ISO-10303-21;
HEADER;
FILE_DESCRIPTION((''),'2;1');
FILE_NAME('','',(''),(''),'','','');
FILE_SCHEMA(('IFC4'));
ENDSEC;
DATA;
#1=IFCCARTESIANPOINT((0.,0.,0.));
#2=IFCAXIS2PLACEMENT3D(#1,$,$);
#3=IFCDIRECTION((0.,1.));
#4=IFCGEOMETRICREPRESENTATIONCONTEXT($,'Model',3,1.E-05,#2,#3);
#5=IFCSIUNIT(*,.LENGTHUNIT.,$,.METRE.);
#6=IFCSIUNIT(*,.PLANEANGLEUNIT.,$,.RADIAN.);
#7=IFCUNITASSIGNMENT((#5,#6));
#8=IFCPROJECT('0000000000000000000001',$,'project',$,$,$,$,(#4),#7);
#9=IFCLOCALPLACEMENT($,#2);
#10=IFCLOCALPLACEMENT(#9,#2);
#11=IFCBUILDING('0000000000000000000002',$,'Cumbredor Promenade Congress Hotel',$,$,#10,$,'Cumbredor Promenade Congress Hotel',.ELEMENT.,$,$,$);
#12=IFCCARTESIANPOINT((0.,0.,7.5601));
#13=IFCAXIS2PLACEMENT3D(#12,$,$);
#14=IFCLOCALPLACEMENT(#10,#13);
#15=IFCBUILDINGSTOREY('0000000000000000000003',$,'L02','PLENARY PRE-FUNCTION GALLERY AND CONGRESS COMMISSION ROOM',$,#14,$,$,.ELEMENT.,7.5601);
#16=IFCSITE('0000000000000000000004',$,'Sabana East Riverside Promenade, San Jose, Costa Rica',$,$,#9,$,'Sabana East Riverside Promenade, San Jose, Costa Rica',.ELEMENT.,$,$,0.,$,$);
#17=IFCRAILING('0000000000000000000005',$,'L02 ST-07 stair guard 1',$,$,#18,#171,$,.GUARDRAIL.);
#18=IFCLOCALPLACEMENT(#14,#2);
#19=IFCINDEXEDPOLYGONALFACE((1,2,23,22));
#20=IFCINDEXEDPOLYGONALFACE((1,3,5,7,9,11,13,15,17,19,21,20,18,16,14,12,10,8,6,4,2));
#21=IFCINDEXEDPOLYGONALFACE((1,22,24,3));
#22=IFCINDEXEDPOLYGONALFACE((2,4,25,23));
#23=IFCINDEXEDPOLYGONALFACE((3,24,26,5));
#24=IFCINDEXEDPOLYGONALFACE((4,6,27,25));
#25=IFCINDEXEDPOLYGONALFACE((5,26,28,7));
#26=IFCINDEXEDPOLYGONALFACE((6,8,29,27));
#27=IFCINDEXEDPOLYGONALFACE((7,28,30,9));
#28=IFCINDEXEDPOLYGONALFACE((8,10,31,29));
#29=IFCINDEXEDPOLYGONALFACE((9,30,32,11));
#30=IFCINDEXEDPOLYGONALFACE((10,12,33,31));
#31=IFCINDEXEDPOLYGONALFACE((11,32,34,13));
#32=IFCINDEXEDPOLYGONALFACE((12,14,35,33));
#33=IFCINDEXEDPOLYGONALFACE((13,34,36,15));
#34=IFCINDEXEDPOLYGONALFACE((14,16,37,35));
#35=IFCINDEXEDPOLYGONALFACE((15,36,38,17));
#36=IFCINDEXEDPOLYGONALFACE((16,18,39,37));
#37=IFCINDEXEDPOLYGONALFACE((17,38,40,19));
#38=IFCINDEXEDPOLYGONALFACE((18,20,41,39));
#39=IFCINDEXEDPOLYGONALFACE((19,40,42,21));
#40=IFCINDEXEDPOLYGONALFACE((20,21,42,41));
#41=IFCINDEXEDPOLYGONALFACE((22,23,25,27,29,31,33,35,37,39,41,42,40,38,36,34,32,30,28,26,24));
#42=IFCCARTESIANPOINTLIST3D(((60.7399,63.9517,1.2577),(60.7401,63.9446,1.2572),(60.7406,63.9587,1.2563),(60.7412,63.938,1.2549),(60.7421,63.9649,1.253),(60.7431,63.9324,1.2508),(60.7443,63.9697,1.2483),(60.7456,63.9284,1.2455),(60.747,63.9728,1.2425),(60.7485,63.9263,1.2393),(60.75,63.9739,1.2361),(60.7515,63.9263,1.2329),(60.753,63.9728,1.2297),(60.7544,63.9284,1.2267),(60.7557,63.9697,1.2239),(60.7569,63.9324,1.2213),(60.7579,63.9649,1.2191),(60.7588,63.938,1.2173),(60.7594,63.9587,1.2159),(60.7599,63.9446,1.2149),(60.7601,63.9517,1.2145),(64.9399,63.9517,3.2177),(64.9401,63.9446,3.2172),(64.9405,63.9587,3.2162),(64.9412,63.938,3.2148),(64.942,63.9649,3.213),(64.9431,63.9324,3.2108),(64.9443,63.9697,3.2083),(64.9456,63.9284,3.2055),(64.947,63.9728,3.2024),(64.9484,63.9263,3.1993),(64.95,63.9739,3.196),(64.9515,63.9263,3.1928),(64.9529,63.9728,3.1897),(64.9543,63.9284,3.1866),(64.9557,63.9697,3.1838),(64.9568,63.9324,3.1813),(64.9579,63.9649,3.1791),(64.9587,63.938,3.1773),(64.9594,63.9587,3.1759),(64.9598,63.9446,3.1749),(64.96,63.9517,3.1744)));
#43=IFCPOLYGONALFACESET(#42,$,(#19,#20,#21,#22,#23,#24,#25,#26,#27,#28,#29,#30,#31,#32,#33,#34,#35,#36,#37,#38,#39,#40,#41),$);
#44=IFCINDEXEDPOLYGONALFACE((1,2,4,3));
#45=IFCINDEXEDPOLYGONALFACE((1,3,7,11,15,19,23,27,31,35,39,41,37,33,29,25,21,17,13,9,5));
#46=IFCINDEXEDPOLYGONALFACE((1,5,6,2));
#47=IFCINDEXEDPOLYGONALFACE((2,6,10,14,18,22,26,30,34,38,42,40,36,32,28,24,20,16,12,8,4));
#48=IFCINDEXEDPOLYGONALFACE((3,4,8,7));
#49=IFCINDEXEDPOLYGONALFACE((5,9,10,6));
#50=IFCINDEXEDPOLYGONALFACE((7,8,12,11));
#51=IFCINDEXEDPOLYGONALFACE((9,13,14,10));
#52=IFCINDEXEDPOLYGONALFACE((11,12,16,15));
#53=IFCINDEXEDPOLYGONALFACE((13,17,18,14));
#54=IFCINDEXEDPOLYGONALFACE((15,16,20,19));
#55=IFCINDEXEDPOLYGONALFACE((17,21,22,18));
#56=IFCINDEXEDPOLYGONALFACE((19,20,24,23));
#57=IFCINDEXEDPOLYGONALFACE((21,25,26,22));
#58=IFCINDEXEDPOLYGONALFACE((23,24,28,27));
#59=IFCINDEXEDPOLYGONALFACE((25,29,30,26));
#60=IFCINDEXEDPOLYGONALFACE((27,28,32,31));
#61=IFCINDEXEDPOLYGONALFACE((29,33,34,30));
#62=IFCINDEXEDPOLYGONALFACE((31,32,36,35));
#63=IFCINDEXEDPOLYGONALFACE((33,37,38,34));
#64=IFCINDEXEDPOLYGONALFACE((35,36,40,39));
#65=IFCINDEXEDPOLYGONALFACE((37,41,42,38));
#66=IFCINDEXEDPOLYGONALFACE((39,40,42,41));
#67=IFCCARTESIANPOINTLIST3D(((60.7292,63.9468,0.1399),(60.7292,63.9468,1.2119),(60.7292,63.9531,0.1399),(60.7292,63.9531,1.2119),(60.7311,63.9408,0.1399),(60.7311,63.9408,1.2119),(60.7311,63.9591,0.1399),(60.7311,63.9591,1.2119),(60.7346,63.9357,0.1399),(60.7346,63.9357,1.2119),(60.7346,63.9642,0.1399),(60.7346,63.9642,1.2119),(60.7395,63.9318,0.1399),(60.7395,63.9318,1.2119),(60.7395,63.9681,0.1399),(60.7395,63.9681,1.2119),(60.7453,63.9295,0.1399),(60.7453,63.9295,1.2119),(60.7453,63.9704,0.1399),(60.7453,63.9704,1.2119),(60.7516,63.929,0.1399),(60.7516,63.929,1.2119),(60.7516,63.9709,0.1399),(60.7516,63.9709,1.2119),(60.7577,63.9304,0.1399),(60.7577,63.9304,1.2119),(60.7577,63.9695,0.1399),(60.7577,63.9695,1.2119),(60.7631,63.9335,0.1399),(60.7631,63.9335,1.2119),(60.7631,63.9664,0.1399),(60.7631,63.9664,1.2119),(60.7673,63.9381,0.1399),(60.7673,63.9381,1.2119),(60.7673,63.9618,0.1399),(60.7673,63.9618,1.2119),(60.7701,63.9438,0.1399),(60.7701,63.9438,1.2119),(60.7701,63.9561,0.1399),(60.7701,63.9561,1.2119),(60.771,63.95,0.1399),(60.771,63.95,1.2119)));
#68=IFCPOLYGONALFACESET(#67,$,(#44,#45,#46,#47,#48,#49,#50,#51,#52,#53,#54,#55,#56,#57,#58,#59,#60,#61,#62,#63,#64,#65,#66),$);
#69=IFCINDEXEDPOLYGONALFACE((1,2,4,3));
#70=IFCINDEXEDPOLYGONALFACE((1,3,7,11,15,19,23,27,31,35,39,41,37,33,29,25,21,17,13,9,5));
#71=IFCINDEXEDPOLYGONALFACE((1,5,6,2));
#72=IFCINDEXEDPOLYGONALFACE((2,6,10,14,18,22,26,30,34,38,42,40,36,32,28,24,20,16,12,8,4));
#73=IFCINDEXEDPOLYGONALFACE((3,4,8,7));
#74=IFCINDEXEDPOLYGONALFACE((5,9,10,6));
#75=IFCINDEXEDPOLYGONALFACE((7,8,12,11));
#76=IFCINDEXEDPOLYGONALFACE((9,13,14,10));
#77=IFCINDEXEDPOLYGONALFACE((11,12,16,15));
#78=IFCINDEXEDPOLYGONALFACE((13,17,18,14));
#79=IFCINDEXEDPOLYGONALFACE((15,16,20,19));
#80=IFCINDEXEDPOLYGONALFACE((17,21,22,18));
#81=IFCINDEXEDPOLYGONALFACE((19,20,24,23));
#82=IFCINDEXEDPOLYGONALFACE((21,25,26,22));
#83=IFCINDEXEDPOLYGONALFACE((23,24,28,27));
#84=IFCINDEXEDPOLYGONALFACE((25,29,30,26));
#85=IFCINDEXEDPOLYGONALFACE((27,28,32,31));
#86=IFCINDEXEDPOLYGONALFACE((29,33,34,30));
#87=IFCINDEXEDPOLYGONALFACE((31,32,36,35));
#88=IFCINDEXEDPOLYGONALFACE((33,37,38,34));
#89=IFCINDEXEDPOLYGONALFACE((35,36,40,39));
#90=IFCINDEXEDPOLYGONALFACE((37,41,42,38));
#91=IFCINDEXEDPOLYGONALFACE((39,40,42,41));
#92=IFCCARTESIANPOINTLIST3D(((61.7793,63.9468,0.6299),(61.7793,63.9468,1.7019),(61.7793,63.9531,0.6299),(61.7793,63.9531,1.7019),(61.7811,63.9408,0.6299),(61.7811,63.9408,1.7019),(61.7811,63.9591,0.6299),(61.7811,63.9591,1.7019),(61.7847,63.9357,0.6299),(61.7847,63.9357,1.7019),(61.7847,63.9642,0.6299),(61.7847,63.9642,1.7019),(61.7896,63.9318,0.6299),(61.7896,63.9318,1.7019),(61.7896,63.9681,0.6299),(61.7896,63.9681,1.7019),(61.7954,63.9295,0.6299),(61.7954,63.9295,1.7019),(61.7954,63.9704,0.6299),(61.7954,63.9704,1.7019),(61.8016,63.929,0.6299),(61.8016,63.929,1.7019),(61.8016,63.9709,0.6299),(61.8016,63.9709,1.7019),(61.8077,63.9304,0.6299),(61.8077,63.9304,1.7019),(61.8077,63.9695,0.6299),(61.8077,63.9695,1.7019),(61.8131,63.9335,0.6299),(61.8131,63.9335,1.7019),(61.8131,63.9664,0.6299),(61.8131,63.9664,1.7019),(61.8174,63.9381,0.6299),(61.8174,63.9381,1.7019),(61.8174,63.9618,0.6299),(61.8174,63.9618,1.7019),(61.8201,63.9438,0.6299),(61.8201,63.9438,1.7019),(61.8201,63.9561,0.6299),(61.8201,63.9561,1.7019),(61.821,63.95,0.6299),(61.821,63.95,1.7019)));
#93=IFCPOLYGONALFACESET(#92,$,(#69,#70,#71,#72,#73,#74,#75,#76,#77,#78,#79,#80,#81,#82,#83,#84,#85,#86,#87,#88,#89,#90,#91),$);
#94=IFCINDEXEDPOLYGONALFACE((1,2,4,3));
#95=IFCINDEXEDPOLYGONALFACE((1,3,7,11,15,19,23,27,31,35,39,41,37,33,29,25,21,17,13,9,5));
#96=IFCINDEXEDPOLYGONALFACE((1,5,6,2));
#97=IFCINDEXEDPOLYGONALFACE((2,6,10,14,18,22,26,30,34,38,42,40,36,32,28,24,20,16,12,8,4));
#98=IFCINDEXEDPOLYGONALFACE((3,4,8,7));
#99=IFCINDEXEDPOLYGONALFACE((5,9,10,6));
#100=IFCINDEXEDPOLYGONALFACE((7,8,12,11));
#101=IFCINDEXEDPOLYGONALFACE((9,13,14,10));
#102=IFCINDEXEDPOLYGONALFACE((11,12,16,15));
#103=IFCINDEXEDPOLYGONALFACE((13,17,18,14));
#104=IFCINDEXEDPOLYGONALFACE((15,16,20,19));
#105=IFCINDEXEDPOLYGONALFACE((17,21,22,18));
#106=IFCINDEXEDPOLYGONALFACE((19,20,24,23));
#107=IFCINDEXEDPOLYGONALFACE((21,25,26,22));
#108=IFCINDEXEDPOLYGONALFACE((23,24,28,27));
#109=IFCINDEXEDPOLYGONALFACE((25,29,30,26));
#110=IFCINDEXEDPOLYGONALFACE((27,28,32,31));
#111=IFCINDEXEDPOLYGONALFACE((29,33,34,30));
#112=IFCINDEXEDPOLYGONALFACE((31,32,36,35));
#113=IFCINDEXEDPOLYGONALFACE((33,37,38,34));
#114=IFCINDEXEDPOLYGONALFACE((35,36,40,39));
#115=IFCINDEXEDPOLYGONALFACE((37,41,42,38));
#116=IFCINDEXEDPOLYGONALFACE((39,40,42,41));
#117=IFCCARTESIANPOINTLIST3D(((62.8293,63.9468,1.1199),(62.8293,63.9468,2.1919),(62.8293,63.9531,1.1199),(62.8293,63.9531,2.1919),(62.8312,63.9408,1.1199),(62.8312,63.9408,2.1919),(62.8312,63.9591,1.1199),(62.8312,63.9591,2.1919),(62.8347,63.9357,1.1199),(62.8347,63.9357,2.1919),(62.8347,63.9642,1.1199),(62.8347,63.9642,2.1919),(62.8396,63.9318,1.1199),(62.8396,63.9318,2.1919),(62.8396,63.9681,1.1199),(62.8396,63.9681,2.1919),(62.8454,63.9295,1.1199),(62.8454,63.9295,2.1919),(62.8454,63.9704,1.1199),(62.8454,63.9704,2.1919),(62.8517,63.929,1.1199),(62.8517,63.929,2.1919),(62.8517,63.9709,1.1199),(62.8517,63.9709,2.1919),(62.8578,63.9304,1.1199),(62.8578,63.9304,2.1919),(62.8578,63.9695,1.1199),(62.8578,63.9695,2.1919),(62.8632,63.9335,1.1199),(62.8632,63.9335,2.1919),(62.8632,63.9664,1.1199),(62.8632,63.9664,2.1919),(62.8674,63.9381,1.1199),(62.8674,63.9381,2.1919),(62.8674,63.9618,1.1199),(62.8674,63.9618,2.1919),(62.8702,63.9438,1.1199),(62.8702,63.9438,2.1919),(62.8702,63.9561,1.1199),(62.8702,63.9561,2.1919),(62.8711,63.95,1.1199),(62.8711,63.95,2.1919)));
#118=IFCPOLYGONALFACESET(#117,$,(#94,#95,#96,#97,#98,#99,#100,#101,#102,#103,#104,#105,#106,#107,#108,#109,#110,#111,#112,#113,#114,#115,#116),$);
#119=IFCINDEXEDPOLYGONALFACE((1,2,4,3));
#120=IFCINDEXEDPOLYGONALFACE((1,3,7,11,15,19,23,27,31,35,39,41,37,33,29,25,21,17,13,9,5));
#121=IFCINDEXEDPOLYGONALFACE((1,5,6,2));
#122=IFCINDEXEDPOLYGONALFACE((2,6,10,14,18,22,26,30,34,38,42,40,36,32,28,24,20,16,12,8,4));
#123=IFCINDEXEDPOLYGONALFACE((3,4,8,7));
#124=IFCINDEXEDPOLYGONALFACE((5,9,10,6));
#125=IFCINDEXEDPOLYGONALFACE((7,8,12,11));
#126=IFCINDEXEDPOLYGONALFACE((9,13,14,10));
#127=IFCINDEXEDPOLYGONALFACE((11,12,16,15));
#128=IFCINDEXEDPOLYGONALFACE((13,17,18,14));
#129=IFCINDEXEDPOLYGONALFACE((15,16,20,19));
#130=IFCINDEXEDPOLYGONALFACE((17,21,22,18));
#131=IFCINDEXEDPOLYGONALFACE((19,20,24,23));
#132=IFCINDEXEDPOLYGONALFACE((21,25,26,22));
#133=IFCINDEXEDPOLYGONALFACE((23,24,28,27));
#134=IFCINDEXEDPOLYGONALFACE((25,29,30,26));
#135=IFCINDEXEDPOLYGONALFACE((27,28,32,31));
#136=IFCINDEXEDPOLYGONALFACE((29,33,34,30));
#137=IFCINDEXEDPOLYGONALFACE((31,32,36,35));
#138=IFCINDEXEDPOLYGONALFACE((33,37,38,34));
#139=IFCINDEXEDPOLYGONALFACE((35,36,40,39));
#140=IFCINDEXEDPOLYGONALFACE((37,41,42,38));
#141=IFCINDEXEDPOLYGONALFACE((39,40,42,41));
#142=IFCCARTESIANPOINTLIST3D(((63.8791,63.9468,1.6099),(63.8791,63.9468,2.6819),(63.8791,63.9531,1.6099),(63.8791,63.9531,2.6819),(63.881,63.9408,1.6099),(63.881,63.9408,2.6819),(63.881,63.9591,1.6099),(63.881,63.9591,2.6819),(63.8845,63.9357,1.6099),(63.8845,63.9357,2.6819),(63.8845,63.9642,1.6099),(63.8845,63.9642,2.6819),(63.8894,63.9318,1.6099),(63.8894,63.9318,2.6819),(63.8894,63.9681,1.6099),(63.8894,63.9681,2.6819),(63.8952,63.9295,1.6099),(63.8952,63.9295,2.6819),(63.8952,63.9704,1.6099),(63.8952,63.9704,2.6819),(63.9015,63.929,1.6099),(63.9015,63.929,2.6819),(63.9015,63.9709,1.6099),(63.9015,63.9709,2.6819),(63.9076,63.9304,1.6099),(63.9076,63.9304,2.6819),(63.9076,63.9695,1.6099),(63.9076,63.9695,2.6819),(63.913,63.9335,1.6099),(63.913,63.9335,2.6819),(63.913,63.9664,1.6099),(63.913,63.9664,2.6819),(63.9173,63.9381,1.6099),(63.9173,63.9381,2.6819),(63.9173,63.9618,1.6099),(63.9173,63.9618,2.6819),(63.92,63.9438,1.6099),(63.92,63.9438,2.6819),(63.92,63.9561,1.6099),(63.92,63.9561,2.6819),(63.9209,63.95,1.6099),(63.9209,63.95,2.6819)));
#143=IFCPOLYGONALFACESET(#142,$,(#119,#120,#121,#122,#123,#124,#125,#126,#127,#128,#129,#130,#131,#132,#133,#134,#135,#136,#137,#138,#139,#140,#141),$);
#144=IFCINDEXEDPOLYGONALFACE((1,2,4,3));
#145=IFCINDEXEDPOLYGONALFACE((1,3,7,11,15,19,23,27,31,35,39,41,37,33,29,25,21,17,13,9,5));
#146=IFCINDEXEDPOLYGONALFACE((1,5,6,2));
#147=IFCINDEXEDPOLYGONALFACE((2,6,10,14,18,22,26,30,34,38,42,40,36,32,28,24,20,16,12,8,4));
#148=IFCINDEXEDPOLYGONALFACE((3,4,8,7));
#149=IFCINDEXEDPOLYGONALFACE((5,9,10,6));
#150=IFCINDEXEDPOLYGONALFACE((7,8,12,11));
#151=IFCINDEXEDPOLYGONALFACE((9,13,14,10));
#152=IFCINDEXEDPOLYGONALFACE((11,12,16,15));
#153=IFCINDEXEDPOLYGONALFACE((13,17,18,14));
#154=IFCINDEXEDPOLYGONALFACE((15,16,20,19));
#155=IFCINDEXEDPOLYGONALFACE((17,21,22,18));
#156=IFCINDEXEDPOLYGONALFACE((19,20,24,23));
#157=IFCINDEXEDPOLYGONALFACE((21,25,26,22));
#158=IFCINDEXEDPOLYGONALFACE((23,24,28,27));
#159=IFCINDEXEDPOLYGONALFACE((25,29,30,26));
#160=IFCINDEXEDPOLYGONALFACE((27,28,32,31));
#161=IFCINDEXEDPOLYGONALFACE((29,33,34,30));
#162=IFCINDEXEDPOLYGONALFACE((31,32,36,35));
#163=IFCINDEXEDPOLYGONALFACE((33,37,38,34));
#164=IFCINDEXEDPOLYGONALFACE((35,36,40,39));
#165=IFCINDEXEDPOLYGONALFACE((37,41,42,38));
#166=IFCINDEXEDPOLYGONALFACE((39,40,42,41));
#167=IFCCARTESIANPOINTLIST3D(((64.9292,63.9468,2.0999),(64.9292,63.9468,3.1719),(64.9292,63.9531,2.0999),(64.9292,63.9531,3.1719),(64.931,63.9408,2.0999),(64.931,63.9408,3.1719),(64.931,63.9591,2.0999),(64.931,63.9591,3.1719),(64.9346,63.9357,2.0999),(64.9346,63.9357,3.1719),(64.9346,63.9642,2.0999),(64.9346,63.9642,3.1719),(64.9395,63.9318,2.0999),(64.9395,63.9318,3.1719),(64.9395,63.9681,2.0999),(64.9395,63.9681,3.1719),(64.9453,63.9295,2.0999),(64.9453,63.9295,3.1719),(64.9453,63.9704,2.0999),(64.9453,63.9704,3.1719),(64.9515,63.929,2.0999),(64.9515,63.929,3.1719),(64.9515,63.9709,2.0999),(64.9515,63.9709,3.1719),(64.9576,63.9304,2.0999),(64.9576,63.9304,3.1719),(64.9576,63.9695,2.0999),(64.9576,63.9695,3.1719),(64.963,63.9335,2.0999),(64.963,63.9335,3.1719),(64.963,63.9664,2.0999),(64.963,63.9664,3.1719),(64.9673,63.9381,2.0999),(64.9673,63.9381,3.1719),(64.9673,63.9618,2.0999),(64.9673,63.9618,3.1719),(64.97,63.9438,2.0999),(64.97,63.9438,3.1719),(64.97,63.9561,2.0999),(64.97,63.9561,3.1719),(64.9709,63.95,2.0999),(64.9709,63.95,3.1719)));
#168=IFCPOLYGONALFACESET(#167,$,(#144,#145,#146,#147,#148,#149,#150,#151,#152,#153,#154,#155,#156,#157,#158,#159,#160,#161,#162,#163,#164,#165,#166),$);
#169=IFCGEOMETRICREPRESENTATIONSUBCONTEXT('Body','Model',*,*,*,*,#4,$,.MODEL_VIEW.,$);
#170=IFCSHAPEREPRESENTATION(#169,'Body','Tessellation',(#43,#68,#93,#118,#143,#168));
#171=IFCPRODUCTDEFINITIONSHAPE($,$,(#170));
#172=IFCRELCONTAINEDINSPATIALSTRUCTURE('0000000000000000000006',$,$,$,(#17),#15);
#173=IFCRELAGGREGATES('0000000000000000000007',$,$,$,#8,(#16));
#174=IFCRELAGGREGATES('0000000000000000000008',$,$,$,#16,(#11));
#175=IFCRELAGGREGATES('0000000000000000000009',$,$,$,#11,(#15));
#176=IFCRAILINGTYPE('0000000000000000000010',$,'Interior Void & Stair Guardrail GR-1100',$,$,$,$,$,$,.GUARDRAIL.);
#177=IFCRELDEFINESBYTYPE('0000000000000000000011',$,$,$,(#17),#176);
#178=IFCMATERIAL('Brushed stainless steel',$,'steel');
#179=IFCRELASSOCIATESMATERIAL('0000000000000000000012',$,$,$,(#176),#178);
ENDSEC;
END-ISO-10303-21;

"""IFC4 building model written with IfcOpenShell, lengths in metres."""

from ifc_helpers import new_model, si_unit, direction, frame, origin, origin_2d, place, context, subcontext, project, spatial, circle, extrude, material, type_object, element, save


model = new_model("IFC4")

# Units and contexts
model_context = context("Model", 3, precision=1e-05, world=origin(), true_north=direction((0.0, 1.0)))
body_context = subcontext(model_context, "Body", "Model", "MODEL_VIEW")
ifc_project = project(units=[si_unit("LENGTHUNIT", "METRE"), si_unit("PLANEANGLEUNIT", "RADIAN")], contexts=[model_context])

# Site, building, storey
site_placement = place(None, origin())
site = spatial("IfcSite", under=ifc_project, at=site_placement, Name="Sabana East Riverside Promenade, San Jose, Costa Rica", LongName="Sabana East Riverside Promenade, San Jose, Costa Rica", CompositionType="ELEMENT", RefElevation=0.0)
building_placement = place(site_placement, origin())
building = spatial("IfcBuilding", under=site, at=building_placement, Name="Cumbredor Promenade Congress Hotel", LongName="Cumbredor Promenade Congress Hotel", CompositionType="ELEMENT")
storey_placement = place(building_placement, frame((0.0, 0.0, 7.5601)))
storey = spatial("IfcBuildingStorey", under=building, at=storey_placement, Name="L02", Description="PLENARY PRE-FUNCTION GALLERY AND CONGRESS COMMISSION ROOM", CompositionType="ELEMENT", Elevation=7.5601)

# Railing
ifc_material_1 = material(Name="Brushed stainless steel", Category="steel")
railing_type_1 = type_object("IfcRailingType", Name="Interior Void & Stair Guardrail GR-1100", PredefinedType="GUARDRAIL", material=ifc_material_1)
railing_1_placement = place(storey_placement, frame((60.75, 63.95, 0.1399)))
element("IfcRailing", 1, at=railing_1_placement, inside=storey, type_object=railing_type_1, Name="L02 ST-07 stair guard 1", PredefinedType="GUARDRAIL", context=body_context, shape_type="SweptSolid", body=[
    extrude(circle(Radius=0.0239, at=origin_2d()), frame((0.0, 0.0, 1.0962), z_axis=(0.906184, 0.0, 0.422883), x_axis=(0.0, 1.0, 0.0)), (0.0, 0.0, 1.0), 4.6348),
    extrude(circle(Radius=0.021, at=origin_2d()), origin(), (0.0, 0.0, 1.0), 1.072),
    extrude(circle(Radius=0.021, at=origin_2d()), frame((1.05, 0.0, 0.49)), (0.0, 0.0, 1.0), 1.072),
    extrude(circle(Radius=0.021, at=origin_2d()), frame((2.1001, 0.0, 0.98)), (0.0, 0.0, 1.0), 1.072),
    extrude(circle(Radius=0.021, at=origin_2d()), frame((3.1499, 0.0, 1.47)), (0.0, 0.0, 1.0), 1.072),
    extrude(circle(Radius=0.021, at=origin_2d()), frame((4.2, 0.0, 1.96)), (0.0, 0.0, 1.0), 1.072),
])

save(model, "model.ifc")
